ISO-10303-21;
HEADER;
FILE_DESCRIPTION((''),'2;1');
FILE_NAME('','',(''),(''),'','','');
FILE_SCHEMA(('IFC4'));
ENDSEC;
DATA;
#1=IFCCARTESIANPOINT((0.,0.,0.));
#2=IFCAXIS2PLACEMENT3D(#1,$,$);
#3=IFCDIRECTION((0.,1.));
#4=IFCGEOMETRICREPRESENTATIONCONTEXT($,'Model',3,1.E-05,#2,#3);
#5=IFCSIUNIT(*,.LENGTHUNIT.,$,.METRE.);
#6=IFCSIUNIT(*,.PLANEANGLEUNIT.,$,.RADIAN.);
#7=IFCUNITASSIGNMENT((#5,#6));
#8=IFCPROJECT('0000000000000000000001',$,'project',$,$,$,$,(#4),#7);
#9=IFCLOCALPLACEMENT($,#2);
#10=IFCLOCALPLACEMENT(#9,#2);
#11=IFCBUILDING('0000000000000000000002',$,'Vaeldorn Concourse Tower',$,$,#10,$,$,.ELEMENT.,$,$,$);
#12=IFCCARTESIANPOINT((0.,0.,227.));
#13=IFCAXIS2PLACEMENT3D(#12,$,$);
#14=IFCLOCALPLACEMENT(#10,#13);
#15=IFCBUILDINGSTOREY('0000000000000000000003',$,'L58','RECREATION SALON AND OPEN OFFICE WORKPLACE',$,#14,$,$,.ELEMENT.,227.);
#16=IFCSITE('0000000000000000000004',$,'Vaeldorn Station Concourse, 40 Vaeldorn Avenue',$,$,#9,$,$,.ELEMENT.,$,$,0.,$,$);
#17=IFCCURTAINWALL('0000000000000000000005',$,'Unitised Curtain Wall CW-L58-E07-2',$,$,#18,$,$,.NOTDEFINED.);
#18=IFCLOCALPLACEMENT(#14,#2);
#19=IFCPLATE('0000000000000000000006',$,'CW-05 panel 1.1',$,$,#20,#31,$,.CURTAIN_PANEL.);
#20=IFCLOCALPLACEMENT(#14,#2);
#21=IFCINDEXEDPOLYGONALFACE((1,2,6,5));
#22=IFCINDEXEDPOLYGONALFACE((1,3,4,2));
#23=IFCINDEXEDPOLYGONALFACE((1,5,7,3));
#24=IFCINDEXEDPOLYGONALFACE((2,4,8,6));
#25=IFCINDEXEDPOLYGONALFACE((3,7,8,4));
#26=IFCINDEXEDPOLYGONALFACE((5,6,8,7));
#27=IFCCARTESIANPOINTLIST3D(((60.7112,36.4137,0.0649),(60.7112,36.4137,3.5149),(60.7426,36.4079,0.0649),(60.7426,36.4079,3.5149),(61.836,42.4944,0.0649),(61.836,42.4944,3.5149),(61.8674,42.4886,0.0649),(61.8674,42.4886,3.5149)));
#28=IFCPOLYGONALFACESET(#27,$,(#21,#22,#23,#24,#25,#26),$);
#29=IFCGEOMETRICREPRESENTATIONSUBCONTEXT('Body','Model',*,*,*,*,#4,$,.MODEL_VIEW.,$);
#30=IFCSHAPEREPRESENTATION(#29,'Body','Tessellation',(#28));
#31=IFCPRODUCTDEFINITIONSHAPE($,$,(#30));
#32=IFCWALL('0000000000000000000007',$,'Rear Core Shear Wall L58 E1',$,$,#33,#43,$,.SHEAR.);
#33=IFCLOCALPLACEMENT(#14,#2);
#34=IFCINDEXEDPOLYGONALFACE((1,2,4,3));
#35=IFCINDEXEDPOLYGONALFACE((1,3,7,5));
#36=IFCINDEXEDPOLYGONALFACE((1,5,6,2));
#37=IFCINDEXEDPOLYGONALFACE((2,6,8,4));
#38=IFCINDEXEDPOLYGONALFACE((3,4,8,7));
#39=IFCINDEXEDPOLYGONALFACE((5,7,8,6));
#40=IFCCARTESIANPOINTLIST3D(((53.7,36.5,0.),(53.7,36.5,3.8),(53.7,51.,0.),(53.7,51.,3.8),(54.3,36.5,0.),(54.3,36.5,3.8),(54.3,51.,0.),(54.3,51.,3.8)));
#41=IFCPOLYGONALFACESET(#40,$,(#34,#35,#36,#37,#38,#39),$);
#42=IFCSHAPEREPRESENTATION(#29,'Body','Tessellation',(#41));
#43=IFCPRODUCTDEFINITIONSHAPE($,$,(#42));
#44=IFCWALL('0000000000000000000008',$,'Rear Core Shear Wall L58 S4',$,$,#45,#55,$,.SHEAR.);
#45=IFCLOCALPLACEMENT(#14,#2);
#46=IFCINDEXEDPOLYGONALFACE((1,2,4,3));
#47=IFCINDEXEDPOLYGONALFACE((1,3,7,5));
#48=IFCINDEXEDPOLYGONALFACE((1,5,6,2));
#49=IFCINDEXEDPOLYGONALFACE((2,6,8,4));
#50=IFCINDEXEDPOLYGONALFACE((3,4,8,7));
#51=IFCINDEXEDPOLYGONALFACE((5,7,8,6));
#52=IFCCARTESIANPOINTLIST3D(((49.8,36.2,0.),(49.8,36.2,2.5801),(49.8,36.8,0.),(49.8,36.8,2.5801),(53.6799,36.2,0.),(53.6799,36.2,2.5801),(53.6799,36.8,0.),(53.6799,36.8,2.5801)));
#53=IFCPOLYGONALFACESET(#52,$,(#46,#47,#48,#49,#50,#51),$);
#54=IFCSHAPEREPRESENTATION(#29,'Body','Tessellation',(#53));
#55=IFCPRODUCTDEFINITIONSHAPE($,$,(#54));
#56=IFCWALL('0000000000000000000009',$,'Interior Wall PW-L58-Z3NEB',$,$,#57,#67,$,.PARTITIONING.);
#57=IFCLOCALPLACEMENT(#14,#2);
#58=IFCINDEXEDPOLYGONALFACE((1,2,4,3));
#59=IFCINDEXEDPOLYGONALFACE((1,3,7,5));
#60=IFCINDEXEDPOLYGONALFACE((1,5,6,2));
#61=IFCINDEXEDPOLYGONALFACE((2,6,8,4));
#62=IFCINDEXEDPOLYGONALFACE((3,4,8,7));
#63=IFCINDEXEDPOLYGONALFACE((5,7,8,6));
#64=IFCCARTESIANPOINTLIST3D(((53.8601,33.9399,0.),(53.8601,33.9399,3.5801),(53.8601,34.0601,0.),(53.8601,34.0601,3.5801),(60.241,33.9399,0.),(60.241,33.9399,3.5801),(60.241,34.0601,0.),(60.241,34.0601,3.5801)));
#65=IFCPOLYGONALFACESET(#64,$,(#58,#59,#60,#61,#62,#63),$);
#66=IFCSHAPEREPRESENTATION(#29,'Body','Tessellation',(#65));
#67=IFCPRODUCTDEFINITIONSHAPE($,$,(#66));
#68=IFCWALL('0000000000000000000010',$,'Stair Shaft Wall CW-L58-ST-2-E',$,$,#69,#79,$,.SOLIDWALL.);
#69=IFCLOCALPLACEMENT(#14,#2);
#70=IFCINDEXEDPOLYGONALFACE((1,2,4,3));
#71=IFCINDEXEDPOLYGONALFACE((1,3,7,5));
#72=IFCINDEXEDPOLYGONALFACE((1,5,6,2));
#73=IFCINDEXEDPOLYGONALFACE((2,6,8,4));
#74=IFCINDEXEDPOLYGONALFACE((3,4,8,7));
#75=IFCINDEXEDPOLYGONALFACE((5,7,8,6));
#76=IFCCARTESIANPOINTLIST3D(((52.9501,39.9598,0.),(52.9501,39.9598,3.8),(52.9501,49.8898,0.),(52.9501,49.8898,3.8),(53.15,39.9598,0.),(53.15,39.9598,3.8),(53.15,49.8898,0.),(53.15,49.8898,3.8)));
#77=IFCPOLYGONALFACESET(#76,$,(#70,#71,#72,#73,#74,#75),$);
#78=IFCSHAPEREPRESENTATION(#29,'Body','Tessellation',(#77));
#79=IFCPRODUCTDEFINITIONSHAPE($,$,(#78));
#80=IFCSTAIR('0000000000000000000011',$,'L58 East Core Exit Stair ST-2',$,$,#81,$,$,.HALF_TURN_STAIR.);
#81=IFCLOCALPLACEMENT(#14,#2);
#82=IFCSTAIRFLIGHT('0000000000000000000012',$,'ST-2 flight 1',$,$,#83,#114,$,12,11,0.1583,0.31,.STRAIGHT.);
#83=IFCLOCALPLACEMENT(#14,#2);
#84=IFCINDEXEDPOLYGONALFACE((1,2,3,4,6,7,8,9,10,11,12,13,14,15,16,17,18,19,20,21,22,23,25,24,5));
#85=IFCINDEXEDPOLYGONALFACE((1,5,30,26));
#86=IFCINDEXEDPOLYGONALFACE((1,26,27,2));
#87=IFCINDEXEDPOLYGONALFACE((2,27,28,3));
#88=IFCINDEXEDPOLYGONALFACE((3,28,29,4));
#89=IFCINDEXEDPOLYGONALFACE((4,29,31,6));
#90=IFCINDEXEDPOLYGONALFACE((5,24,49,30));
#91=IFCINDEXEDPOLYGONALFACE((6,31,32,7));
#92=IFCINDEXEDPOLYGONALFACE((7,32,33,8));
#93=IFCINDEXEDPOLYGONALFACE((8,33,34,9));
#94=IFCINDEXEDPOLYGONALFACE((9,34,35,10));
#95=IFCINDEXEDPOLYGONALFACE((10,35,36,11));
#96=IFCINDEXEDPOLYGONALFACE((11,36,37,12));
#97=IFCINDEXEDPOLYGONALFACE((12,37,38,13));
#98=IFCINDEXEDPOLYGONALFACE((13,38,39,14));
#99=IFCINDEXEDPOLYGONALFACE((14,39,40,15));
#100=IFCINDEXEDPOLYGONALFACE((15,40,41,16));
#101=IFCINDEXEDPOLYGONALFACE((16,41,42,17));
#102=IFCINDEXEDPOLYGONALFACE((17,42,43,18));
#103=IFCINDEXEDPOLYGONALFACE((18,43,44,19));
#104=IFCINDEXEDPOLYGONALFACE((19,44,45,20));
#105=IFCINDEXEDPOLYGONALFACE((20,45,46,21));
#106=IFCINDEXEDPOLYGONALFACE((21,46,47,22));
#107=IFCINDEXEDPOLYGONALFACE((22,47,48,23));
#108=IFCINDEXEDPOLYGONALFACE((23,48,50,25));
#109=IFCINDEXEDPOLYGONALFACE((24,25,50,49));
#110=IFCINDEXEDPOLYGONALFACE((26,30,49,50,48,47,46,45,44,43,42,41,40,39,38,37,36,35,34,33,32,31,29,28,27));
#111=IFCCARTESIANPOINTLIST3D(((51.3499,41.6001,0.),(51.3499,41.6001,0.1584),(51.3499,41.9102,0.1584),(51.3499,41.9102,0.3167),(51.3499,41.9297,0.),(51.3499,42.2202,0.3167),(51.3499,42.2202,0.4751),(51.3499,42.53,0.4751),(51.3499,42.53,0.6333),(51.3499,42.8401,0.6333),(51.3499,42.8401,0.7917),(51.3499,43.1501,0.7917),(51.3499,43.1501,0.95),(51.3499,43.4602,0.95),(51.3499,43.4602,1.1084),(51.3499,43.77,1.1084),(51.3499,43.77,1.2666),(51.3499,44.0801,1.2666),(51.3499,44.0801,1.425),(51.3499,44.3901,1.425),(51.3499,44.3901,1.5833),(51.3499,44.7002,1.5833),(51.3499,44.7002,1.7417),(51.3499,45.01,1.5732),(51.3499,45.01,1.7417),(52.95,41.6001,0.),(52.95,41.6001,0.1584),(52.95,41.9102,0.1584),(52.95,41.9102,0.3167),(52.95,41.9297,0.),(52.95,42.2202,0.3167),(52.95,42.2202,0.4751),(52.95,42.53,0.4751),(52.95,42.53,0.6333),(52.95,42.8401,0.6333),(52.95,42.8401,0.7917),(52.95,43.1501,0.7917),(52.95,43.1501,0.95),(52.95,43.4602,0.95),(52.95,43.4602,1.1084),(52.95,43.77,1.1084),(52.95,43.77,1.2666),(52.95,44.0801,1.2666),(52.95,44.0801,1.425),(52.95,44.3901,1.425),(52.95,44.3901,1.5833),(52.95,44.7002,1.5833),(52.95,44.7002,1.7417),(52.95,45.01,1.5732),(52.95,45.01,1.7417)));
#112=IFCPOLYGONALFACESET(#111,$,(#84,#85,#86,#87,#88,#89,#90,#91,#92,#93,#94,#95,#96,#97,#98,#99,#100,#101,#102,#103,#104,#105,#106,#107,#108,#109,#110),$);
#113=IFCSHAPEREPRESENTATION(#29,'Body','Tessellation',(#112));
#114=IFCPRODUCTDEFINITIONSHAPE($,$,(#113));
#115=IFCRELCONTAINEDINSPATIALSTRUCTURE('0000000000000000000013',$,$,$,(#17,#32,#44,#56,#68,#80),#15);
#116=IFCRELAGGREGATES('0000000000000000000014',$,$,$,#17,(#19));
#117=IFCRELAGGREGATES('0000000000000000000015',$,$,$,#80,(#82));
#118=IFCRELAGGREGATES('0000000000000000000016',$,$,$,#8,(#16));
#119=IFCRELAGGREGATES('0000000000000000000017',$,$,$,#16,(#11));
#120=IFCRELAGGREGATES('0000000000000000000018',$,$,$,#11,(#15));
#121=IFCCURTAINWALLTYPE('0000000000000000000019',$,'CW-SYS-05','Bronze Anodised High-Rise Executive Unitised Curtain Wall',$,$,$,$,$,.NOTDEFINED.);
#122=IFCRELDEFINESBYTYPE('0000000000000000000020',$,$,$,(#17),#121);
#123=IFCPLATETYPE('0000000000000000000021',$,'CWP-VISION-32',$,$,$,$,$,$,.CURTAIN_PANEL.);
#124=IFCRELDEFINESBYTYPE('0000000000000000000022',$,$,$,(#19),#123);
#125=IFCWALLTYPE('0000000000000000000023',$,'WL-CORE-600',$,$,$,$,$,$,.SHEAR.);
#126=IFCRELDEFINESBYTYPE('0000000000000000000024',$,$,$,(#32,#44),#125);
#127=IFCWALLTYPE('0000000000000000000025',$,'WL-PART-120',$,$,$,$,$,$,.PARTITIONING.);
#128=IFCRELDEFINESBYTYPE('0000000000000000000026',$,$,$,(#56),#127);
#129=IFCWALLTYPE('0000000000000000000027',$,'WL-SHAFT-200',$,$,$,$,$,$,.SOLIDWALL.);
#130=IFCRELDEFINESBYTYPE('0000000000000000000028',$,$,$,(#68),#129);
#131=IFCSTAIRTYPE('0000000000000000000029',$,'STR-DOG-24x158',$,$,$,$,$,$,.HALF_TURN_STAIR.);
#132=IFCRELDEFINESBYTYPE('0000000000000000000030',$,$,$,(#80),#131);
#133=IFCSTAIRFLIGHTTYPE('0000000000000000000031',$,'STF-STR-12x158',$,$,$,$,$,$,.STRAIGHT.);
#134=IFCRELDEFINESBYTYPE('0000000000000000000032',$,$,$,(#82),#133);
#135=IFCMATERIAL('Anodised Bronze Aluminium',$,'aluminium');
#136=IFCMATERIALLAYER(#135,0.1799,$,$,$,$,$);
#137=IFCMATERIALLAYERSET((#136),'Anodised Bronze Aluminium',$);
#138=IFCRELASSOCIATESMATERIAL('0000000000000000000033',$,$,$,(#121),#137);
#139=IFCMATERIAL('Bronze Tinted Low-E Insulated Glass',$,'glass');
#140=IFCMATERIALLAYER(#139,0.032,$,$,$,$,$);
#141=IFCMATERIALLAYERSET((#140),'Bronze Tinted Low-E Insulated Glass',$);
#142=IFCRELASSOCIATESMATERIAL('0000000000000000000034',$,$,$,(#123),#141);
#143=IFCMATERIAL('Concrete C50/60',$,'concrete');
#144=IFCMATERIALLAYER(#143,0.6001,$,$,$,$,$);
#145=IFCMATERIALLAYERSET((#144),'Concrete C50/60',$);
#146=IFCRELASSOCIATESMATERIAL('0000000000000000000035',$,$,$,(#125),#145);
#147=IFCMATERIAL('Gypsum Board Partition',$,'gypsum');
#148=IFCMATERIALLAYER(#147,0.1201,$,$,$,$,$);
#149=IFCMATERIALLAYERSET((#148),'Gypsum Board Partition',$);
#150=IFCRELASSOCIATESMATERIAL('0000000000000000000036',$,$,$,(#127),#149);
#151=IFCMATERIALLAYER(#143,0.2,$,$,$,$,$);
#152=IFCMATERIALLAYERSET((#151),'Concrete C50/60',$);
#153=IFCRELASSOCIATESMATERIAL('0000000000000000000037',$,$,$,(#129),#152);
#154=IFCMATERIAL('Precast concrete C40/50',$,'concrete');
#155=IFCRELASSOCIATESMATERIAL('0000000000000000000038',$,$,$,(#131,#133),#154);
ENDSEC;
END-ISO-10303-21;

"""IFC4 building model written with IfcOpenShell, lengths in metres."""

from ifc_helpers import new_model, si_unit, direction, frame, frame_2d, origin, origin_2d, place, context, subcontext, project, spatial, polyline, rectangle, outline, extrude, source, transform, mapped, material, layer, layer_set, type_object, element, aggregate, save


model = new_model("IFC4")

# Units and contexts
model_context = context("Model", 3, precision=1e-05, world=origin(), true_north=direction((0.0, 1.0)))
body_context = subcontext(model_context, "Body", "Model", "MODEL_VIEW")
ifc_project = project(units=[si_unit("LENGTHUNIT", "METRE"), si_unit("PLANEANGLEUNIT", "RADIAN")], contexts=[model_context])

# Site, building, storey
site_placement = place(None, origin())
site = spatial("IfcSite", under=ifc_project, at=site_placement, Name="Vaeldorn Station Concourse, 40 Vaeldorn Avenue", CompositionType="ELEMENT", RefElevation=0.0)
building_placement = place(site_placement, origin())
building = spatial("IfcBuilding", under=site, at=building_placement, Name="Vaeldorn Concourse Tower", CompositionType="ELEMENT")
storey_placement = place(building_placement, frame((0.0, 0.0, 227.0)))
storey = spatial("IfcBuildingStorey", under=building, at=storey_placement, Name="L58", Description="RECREATION SALON AND OPEN OFFICE WORKPLACE", CompositionType="ELEMENT", Elevation=227.0)

# Shared definitions
ifc_material_1 = material(Name="Concrete C50/60", Category="concrete")

# Shared definitions
ifc_material_2 = material(Name="Anodised Bronze Aluminium", Category="aluminium")
ifc_layer_1 = layer(ifc_material_2, 0.1799)
ifc_layer_set_1 = layer_set([ifc_layer_1], Name="Anodised Bronze Aluminium")
curtain_wall_type = type_object("IfcCurtainWallType", Name="CW-SYS-05", Description="Bronze Anodised High-Rise Executive Unitised Curtain Wall", PredefinedType="NOTDEFINED", material=ifc_layer_set_1)

# Curtain wall, plate
curtain_wall_1_placement = place(storey_placement, origin())
curtain_wall_1 = element("IfcCurtainWall", 1, at=curtain_wall_1_placement, inside=storey, type_object=curtain_wall_type, Name="Unitised Curtain Wall CW-L58-E07-2", PredefinedType="NOTDEFINED")
ifc_material_3 = material(Name="Bronze Tinted Low-E Insulated Glass", Category="glass")
ifc_layer_2 = layer(ifc_material_3, 0.032)
ifc_layer_set_2 = layer_set([ifc_layer_2], Name="Bronze Tinted Low-E Insulated Glass")
plate_type = type_object("IfcPlateType", Name="CWP-VISION-32", PredefinedType="CURTAIN_PANEL", material=ifc_layer_set_2)
shared_shape_1 = source(origin(), body_context, "Body", "SweptSolid", [
    extrude(rectangle(XDim=6.1838, YDim=0.032, at=origin_2d()), origin(), (0.0, 0.0, 1.0), 3.45),
])
plate_placement = place(storey_placement, frame((61.2893, 39.4512, 0.0649), z_axis=(0.0, 0.0, 1.0), x_axis=(0.181888, 0.983319, 0.0)))
plate = element("IfcPlate", 2, at=plate_placement, type_object=plate_type, Name="CW-05 panel 1.1", PredefinedType="CURTAIN_PANEL", context=body_context, shape_type="MappedRepresentation", body=[
    mapped(shared_shape_1, transform((0.0, 0.0, 0.0), scale=1.0)),
])
aggregate(curtain_wall_1, [plate])

# Walls
ifc_layer_3 = layer(ifc_material_1, 0.6001)
ifc_layer_set_3 = layer_set([ifc_layer_3], Name="Concrete C50/60")
wall_type_1 = type_object("IfcWallType", Name="WL-CORE-600", PredefinedType="SHEAR", material=ifc_layer_set_3)
wall_1_placement = place(storey_placement, frame((54.0, 36.5, 0.0), z_axis=(0.0, 0.0, 1.0), x_axis=(0.0, 1.0, 0.0)))
element("IfcWall", 3, at=wall_1_placement, inside=storey, type_object=wall_type_1, Name="Rear Core Shear Wall L58 E1", PredefinedType="SHEAR", context=body_context, shape_type="SweptSolid", body=[
    extrude(rectangle(XDim=14.5, YDim=0.6001, at=frame_2d((7.25, 0.0))), origin(), (0.0, 0.0, 1.0), 3.8),
])
wall_2_placement = place(storey_placement, frame((49.8, 36.5, 0.0), z_axis=(0.0, 0.0, 1.0), x_axis=(1.0, 0.0, 0.0)))
element("IfcWall", 4, at=wall_2_placement, inside=storey, type_object=wall_type_1, Name="Rear Core Shear Wall L58 S4", PredefinedType="SHEAR", context=body_context, shape_type="SweptSolid", body=[
    extrude(rectangle(XDim=3.8799, YDim=0.6001, at=frame_2d((1.9399, 0.0))), origin(), (0.0, 0.0, 1.0), 2.5801),
])
ifc_material_4 = material(Name="Gypsum Board Partition", Category="gypsum")
ifc_layer_4 = layer(ifc_material_4, 0.1201)
ifc_layer_set_4 = layer_set([ifc_layer_4], Name="Gypsum Board Partition")
wall_type_2 = type_object("IfcWallType", Name="WL-PART-120", PredefinedType="PARTITIONING", material=ifc_layer_set_4)
wall_3_placement = place(storey_placement, frame((53.8601, 34.0, 0.0), z_axis=(0.0, 0.0, 1.0), x_axis=(1.0, 0.0, 0.0)))
element("IfcWall", 5, at=wall_3_placement, inside=storey, type_object=wall_type_2, Name="Interior Wall PW-L58-Z3NEB", PredefinedType="PARTITIONING", context=body_context, shape_type="SweptSolid", body=[
    extrude(rectangle(XDim=6.3809, YDim=0.1201, at=frame_2d((3.1904, 0.0))), origin(), (0.0, 0.0, 1.0), 3.5801),
])
ifc_layer_5 = layer(ifc_material_1, 0.2)
ifc_layer_set_5 = layer_set([ifc_layer_5], Name="Concrete C50/60")
wall_type_3 = type_object("IfcWallType", Name="WL-SHAFT-200", PredefinedType="SOLIDWALL", material=ifc_layer_set_5)
wall_4_placement = place(storey_placement, frame((53.05, 39.96, 0.0), z_axis=(0.0, 0.0, 1.0), x_axis=(0.0, 1.0, 0.0)))
element("IfcWall", 6, at=wall_4_placement, inside=storey, type_object=wall_type_3, Name="Stair Shaft Wall CW-L58-ST-2-E", PredefinedType="SOLIDWALL", context=body_context, shape_type="SweptSolid", body=[
    extrude(rectangle(XDim=9.9299, YDim=0.2, at=frame_2d((4.9648, 0.0))), origin(), (0.0, 0.0, 1.0), 3.8),
])

# Stair, stair flight
ifc_material_5 = material(Name="Precast concrete C40/50", Category="concrete")
stair_type = type_object("IfcStairType", Name="STR-DOG-24x158", PredefinedType="HALF_TURN_STAIR", material=ifc_material_5)
stair_placement = place(storey_placement, origin())
stair = element("IfcStair", 7, at=stair_placement, inside=storey, type_object=stair_type, Name="L58 East Core Exit Stair ST-2", PredefinedType="HALF_TURN_STAIR")
stair_flight_type = type_object("IfcStairFlightType", Name="STF-STR-12x158", PredefinedType="STRAIGHT", material=ifc_material_5)
stair_flight_placement = place(storey_placement, frame((52.1499, 41.6001, 0.0), z_axis=(0.0, 0.0, 1.0), x_axis=(0.0, 1.0, 0.0)))
stair_flight = element("IfcStairFlight", 8, at=stair_flight_placement, type_object=stair_flight_type, Name="ST-2 flight 1", NumberOfRisers=12, NumberOfTreads=11, PredefinedType="STRAIGHT", RiserHeight=0.1583, TreadLength=0.31, context=body_context, shape_type="SweptSolid", body=[
    extrude(outline(polyline([(0.0, 0.0), (0.0, 0.1584), (0.3101, 0.1584), (0.3101, 0.3167), (0.6201, 0.3167), (0.6201, 0.4751), (0.9299, 0.4751), (0.9299, 0.6333), (1.24, 0.6333), (1.24, 0.7917), (1.55, 0.7917), (1.55, 0.95), (1.8601, 0.95), (1.8601, 1.1084), (2.1699, 1.1084), (2.1699, 1.2666), (2.48, 1.2666), (2.48, 1.425), (2.79, 1.425), (2.79, 1.5833), (3.1001, 1.5833), (3.1001, 1.7417), (3.4099, 1.7417), (3.4099, 1.8999), (3.4099, 1.5732), (0.3296, 0.0), (0.0, 0.0)])), frame((0.0, 0.8, 0.0), z_axis=(0.0, -1.0, 0.0), x_axis=(1.0, 0.0, 0.0)), (0.0, 0.0, 1.0), 1.6001),
])
aggregate(stair, [stair_flight])

save(model, "model.ifc")
